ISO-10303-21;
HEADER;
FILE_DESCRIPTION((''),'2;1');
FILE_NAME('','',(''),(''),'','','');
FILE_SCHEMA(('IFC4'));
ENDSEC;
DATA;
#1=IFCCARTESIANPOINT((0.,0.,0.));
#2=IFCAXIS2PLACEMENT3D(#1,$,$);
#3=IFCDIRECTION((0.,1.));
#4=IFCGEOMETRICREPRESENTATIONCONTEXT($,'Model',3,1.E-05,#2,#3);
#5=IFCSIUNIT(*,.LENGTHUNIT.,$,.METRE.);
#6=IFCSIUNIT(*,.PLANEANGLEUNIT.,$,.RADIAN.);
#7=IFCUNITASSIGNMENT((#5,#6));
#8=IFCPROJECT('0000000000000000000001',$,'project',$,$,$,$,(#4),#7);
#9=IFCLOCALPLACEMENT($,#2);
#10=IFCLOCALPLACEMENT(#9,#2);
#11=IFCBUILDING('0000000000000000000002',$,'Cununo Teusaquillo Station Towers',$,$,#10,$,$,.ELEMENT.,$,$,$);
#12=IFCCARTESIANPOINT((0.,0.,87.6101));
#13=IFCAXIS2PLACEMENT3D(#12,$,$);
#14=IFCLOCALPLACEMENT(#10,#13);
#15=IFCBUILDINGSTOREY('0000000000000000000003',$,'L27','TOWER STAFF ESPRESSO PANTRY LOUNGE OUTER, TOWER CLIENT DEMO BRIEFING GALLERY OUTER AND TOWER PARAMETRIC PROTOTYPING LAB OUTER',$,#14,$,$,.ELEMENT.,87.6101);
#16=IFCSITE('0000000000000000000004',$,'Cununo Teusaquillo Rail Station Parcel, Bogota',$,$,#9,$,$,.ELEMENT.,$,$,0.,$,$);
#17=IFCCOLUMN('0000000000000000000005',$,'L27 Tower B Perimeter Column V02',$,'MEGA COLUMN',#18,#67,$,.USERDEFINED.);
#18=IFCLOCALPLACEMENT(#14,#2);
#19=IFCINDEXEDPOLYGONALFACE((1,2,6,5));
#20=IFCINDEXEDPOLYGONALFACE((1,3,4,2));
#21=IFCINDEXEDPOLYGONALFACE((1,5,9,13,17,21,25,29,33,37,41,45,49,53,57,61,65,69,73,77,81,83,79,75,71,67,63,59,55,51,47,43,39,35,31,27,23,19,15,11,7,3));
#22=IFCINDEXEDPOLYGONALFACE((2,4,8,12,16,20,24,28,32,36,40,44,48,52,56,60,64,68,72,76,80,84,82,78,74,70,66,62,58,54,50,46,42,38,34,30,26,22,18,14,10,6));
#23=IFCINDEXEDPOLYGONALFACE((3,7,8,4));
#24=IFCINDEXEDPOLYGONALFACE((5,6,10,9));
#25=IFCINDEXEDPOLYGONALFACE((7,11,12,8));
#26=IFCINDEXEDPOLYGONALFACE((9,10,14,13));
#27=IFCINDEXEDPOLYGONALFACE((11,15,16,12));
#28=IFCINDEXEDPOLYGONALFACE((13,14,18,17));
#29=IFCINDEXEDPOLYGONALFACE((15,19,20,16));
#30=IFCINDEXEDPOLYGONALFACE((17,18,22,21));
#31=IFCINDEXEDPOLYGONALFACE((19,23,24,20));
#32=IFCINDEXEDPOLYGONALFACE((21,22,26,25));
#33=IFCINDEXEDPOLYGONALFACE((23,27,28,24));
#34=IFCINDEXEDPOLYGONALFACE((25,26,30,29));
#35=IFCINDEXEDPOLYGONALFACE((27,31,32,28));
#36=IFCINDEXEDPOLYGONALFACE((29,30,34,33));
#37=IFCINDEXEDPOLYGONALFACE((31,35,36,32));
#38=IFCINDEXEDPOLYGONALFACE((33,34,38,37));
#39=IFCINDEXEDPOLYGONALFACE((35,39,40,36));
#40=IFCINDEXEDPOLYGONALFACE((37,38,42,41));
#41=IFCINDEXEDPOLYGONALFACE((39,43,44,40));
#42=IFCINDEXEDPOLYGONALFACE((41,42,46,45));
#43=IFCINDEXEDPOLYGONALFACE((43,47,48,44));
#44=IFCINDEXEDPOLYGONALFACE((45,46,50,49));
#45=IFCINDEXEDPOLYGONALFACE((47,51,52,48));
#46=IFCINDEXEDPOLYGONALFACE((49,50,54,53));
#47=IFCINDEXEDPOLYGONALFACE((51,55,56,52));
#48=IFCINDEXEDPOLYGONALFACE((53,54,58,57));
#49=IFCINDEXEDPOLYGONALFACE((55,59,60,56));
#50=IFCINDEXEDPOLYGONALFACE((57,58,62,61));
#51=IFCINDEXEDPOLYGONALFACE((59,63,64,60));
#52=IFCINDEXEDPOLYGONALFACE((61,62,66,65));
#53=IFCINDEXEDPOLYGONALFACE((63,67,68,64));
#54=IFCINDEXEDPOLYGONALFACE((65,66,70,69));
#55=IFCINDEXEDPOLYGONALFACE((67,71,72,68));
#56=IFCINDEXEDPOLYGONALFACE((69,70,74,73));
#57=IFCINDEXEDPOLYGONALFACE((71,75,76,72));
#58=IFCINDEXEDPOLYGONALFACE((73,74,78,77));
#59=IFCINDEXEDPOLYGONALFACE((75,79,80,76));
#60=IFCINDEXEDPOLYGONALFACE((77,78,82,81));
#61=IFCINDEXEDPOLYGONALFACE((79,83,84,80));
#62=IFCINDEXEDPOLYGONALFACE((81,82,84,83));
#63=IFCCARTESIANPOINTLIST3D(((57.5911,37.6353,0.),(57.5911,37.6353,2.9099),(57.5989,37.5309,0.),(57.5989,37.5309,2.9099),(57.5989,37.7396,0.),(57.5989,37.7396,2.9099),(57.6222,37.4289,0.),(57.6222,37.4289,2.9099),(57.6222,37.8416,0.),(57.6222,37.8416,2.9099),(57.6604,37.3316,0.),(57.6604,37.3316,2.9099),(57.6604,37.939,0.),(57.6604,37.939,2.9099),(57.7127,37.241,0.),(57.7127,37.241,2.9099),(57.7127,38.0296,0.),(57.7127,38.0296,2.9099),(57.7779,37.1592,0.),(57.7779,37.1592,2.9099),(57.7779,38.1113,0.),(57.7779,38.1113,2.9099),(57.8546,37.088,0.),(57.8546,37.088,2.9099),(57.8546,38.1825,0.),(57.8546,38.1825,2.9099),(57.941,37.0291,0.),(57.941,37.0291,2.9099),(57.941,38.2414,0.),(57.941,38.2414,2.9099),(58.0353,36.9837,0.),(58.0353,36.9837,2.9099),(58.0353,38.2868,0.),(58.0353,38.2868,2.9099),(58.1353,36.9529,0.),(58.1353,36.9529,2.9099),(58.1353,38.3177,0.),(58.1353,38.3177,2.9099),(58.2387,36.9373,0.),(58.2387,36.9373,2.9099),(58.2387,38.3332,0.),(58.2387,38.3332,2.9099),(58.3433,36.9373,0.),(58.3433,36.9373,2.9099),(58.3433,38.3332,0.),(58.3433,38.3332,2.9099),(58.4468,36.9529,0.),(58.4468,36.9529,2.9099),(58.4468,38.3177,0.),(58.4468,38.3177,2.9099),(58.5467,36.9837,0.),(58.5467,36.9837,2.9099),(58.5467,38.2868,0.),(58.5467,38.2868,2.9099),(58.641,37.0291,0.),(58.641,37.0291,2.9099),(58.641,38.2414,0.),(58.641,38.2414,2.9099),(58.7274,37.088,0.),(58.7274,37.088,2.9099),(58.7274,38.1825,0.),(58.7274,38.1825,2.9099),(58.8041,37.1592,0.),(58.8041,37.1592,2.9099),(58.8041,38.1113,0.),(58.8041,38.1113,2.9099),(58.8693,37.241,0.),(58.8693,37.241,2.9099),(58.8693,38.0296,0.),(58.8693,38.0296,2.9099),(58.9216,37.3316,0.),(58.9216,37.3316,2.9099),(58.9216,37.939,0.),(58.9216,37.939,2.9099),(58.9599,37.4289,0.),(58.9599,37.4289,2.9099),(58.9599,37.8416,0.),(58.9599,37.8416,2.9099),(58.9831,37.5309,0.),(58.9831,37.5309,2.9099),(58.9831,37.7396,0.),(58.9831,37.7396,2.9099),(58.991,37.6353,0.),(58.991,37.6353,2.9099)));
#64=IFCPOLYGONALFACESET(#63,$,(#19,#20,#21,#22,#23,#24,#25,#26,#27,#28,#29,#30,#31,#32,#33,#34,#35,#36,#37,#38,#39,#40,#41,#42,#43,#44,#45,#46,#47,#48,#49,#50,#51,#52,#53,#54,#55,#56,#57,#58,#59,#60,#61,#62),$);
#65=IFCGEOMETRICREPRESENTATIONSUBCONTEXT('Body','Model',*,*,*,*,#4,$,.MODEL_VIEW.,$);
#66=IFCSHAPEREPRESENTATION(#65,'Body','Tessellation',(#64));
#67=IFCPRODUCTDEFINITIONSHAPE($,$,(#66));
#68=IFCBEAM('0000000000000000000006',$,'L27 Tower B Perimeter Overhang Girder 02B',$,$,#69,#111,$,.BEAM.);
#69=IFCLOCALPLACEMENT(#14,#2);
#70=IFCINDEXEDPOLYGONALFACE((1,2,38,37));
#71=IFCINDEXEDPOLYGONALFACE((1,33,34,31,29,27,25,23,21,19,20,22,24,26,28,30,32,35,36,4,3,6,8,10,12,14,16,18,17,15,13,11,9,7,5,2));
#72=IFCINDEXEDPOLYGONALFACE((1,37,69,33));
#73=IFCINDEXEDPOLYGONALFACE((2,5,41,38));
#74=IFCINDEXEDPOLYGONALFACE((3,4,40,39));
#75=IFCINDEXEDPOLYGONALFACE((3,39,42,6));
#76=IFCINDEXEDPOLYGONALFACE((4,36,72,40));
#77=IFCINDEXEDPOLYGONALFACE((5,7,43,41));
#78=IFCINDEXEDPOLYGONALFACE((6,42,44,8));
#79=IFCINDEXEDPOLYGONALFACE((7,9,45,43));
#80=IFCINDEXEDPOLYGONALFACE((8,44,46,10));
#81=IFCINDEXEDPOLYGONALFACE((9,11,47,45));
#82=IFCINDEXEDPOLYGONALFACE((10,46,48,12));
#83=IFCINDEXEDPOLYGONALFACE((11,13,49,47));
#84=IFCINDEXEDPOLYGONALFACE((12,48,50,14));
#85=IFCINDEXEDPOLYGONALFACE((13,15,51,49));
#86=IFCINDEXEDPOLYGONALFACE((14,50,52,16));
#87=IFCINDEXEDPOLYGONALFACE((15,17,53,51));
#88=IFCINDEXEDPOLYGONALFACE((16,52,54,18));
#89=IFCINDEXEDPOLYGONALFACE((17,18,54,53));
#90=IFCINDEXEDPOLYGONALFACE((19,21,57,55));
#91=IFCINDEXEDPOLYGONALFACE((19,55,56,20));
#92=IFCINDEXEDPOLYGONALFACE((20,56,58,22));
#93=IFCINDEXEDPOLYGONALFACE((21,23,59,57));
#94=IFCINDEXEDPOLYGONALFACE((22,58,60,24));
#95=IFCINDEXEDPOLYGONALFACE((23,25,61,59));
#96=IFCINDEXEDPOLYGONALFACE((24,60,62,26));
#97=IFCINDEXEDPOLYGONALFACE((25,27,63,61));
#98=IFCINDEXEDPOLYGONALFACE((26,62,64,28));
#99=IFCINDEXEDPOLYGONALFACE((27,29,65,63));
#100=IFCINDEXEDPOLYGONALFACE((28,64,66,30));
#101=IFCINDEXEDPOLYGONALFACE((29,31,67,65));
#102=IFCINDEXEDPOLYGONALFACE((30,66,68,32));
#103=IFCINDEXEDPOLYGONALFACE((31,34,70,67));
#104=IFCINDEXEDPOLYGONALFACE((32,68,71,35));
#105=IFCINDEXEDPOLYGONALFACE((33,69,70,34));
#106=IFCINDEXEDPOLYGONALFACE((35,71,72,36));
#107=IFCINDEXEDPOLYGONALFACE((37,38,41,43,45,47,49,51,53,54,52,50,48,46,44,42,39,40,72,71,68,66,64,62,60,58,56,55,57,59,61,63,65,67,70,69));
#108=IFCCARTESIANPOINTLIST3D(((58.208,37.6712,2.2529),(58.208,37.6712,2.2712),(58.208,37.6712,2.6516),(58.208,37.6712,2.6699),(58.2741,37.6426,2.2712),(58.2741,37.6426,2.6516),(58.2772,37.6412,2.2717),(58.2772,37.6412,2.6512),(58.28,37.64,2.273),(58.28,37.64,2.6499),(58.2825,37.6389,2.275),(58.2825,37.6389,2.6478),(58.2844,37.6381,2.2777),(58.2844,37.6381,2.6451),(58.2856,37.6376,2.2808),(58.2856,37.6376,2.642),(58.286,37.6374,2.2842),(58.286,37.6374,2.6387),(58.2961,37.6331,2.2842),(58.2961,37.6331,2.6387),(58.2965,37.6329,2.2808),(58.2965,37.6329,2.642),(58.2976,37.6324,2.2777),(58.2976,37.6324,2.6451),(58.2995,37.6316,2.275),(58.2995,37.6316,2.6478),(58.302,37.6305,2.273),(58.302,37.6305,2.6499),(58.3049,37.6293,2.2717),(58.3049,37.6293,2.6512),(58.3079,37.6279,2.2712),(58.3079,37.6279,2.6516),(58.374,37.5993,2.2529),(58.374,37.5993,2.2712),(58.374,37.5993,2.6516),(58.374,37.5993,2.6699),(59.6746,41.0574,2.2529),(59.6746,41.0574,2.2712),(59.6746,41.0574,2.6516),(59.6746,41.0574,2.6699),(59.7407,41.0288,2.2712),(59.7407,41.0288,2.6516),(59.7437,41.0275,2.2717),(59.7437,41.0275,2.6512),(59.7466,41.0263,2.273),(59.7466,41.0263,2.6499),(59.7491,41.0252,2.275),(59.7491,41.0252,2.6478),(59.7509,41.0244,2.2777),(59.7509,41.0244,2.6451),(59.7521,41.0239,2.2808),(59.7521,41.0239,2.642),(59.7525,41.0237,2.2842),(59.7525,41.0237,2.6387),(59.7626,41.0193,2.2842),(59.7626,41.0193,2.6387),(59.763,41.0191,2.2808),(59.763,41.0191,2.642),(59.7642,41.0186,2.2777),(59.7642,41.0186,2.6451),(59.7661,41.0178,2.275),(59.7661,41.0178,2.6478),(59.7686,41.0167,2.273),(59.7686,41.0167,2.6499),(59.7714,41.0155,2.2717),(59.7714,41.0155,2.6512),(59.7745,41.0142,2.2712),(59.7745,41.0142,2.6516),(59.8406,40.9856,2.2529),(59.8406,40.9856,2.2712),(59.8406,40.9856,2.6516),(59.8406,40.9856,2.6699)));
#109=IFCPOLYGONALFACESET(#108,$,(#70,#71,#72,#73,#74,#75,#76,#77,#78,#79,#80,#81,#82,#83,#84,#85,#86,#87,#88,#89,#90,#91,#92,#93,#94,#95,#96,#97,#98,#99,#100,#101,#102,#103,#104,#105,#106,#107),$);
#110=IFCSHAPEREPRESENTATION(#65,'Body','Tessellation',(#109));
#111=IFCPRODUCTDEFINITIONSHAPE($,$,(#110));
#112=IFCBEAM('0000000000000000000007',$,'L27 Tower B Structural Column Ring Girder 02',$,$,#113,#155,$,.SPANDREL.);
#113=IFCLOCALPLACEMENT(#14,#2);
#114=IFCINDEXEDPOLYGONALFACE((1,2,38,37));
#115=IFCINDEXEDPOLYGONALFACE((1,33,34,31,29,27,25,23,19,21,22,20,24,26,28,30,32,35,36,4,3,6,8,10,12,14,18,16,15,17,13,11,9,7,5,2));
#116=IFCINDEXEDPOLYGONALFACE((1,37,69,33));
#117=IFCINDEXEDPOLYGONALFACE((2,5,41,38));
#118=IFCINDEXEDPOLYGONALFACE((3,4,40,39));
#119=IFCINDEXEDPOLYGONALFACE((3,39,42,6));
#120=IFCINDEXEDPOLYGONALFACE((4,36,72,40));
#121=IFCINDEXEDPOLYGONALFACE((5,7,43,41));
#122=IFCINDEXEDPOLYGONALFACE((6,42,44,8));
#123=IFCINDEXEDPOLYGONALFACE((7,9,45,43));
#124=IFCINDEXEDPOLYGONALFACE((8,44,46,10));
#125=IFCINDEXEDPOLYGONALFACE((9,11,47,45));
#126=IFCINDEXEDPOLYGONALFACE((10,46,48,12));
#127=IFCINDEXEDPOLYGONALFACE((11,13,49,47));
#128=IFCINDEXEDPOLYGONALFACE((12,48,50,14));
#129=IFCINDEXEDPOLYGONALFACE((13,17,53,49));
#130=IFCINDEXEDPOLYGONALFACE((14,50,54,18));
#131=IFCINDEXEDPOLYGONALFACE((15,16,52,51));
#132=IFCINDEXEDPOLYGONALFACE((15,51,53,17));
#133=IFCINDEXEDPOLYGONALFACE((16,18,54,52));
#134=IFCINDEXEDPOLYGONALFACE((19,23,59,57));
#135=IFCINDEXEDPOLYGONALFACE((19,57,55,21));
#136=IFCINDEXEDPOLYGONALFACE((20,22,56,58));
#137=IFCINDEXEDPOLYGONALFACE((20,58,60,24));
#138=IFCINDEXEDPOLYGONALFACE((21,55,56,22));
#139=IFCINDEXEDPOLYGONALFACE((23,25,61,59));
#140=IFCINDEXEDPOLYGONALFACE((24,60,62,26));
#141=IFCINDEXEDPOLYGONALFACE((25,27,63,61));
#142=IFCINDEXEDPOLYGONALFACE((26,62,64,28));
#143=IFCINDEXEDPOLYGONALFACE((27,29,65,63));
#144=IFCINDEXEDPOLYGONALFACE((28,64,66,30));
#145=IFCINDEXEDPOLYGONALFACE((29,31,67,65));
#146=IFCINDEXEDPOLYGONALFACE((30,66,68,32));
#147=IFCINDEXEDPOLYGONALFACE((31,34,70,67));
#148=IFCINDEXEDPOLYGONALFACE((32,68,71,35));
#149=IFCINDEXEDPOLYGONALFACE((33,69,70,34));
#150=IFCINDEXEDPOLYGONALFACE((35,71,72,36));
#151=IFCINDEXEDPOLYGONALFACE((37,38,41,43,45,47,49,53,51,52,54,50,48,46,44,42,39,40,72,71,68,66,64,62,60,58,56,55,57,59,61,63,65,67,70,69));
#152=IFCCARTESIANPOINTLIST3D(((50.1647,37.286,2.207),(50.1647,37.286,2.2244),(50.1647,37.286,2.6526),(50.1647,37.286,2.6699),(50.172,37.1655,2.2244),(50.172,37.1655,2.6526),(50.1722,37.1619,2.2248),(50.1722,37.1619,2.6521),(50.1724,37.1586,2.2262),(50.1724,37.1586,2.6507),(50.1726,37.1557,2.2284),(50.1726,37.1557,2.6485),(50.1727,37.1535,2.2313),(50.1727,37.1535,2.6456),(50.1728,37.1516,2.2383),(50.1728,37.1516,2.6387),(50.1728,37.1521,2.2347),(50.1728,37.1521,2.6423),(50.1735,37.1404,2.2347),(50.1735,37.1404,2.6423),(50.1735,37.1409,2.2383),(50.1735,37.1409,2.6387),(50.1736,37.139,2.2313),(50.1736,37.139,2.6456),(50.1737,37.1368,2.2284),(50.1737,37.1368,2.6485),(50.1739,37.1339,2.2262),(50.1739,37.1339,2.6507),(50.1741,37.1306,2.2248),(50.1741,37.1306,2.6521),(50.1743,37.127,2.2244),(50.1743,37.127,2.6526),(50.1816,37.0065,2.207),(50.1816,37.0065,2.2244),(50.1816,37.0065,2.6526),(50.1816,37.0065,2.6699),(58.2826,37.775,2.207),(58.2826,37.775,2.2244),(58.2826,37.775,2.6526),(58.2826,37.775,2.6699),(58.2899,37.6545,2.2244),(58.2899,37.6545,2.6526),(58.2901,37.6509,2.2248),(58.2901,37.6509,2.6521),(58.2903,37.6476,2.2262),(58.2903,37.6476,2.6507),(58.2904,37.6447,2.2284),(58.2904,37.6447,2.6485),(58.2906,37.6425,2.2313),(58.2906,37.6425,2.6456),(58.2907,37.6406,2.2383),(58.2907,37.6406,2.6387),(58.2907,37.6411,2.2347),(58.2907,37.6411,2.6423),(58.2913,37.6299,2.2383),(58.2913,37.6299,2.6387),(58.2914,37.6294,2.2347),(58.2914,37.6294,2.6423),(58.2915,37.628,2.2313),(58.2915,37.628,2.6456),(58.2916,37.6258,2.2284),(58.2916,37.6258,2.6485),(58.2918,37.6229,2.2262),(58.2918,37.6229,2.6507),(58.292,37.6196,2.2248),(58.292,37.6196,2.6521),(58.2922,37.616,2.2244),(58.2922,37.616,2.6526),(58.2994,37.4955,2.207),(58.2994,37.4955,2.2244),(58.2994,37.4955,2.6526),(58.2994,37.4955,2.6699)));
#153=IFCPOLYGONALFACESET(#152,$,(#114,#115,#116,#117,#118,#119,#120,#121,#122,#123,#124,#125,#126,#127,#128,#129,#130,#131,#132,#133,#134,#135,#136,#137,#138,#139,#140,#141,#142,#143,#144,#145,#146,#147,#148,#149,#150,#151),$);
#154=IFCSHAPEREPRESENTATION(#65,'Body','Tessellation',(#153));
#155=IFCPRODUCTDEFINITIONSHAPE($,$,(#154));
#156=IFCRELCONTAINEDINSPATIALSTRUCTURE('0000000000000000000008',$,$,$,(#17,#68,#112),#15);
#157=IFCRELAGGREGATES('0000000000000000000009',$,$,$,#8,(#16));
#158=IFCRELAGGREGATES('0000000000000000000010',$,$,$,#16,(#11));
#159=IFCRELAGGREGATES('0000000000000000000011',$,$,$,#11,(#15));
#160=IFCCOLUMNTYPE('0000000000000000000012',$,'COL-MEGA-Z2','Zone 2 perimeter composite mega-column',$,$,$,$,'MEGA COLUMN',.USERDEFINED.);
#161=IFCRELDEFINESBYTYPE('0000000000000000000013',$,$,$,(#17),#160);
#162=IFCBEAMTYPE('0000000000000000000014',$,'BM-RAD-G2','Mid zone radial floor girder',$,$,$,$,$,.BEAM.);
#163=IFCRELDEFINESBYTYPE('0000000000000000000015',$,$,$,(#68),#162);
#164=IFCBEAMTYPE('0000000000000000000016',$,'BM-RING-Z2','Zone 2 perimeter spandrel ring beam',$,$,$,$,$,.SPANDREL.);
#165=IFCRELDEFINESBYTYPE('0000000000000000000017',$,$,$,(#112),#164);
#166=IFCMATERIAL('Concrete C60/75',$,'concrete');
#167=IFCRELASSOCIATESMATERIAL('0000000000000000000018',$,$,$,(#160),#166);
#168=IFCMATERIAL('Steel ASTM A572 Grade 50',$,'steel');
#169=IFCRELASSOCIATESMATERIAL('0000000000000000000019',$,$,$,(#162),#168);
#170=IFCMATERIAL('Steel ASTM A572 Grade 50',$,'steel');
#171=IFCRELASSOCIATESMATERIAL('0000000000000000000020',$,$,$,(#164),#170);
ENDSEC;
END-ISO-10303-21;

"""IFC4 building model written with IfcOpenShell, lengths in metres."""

from ifc_helpers import new_model, si_unit, direction, frame, origin, origin_2d, place, context, subcontext, project, spatial, circle, i_section, extrude, material, material_profile, profile_set, type_object, element, save


model = new_model("IFC4")

# Units and contexts
model_context = context("Model", 3, precision=1e-05, world=origin(), true_north=direction((0.0, 1.0)))
body_context = subcontext(model_context, "Body", "Model", "MODEL_VIEW")
ifc_project = project(units=[si_unit("LENGTHUNIT", "METRE"), si_unit("PLANEANGLEUNIT", "RADIAN")], contexts=[model_context])

# Site, building, storey
site_placement = place(None, origin())
site = spatial("IfcSite", under=ifc_project, at=site_placement, Name="Cununo Teusaquillo Rail Station Parcel, Bogota", CompositionType="ELEMENT", RefElevation=0.0)
building_placement = place(site_placement, origin())
building = spatial("IfcBuilding", under=site, at=building_placement, Name="Cununo Teusaquillo Station Towers", CompositionType="ELEMENT")
storey_placement = place(building_placement, frame((0.0, 0.0, 87.6101)))
storey = spatial("IfcBuildingStorey", under=building, at=storey_placement, Name="L27", Description="TOWER STAFF ESPRESSO PANTRY LOUNGE OUTER, TOWER CLIENT DEMO BRIEFING GALLERY OUTER AND TOWER PARAMETRIC PROTOTYPING LAB OUTER", CompositionType="ELEMENT", Elevation=87.6101)

# Column
ifc_material_1 = material(Name="Concrete C60/75", Category="concrete")
ifc_material_profile_1 = material_profile(ifc_material_1, circle(Radius=0.7, at=origin_2d()), Name="RC-CIRC-1400")
ifc_profile_set_1 = profile_set([ifc_material_profile_1], Name="Concrete C60/75")
column_type = type_object("IfcColumnType", Name="COL-MEGA-Z2", Description="Zone 2 perimeter composite mega-column", ElementType="MEGA COLUMN", PredefinedType="USERDEFINED", material=ifc_profile_set_1)
column_placement = place(storey_placement, frame((58.291, 37.6353, 0.0), z_axis=(0.0, 0.0, 1.0), x_axis=(1.0, 0.0, 0.0)))
element("IfcColumn", 1, at=column_placement, inside=storey, type_object=column_type, Name="L27 Tower B Perimeter Column V02", ObjectType="MEGA COLUMN", PredefinedType="USERDEFINED", context=body_context, shape_type="SweptSolid", body=[
    extrude(circle(Radius=0.7, at=origin_2d()), origin(), (0.0, 0.0, 1.0), 2.9099),
])

# Beams
ifc_material_2 = material(Name="Steel ASTM A572 Grade 50", Category="steel")
ifc_material_profile_2 = material_profile(ifc_material_2, i_section(OverallWidth=0.1809, OverallDepth=0.417, WebThickness=0.011, FlangeThickness=0.0183, FilletRadius=0.0129, at=origin_2d()), Name="W16X57")
ifc_profile_set_2 = profile_set([ifc_material_profile_2], Name="Steel ASTM A572 Grade 50")
beam_type_1 = type_object("IfcBeamType", Name="BM-RAD-G2", Description="Mid zone radial floor girder", PredefinedType="BEAM", material=ifc_profile_set_2)
beam_1_placement = place(storey_placement, frame((58.291, 37.6353, 2.4614), z_axis=(0.397422, 0.917636, 0.0), x_axis=(-0.917636, 0.397422, 0.0)))
element("IfcBeam", 2, at=beam_1_placement, inside=storey, type_object=beam_type_1, Name="L27 Tower B Perimeter Overhang Girder 02B", PredefinedType="BEAM", context=body_context, shape_type="SweptSolid", body=[
    extrude(i_section(OverallWidth=0.1809, OverallDepth=0.417, WebThickness=0.011, FlangeThickness=0.0183, FilletRadius=0.0129, at=origin_2d()), origin(), (0.0, 0.0, 1.0), 3.6902),
])
ifc_material_3 = material(Name="Steel ASTM A572 Grade 50", Category="steel")
ifc_material_profile_3 = material_profile(ifc_material_3, i_section(OverallWidth=0.28, OverallDepth=0.4629, WebThickness=0.0107, FlangeThickness=0.0173, FilletRadius=0.0139, at=origin_2d()), Name="W18X76")
ifc_profile_set_3 = profile_set([ifc_material_profile_3], Name="Steel ASTM A572 Grade 50")
beam_type_2 = type_object("IfcBeamType", Name="BM-RING-Z2", Description="Zone 2 perimeter spandrel ring beam", PredefinedType="SPANDREL", material=ifc_profile_set_3)
beam_2_placement = place(storey_placement, frame((58.291, 37.6353, 2.4385), z_axis=(-0.998191, -0.06013, 0.0), x_axis=(0.06013, -0.998191, 0.0)))
element("IfcBeam", 3, at=beam_2_placement, inside=storey, type_object=beam_type_2, Name="L27 Tower B Structural Column Ring Girder 02", PredefinedType="SPANDREL", context=body_context, shape_type="SweptSolid", body=[
    extrude(i_section(OverallWidth=0.28, OverallDepth=0.4629, WebThickness=0.0107, FlangeThickness=0.0173, FilletRadius=0.0139, at=origin_2d()), origin(), (0.0, 0.0, 1.0), 8.1326),
])

save(model, "model.ifc")
